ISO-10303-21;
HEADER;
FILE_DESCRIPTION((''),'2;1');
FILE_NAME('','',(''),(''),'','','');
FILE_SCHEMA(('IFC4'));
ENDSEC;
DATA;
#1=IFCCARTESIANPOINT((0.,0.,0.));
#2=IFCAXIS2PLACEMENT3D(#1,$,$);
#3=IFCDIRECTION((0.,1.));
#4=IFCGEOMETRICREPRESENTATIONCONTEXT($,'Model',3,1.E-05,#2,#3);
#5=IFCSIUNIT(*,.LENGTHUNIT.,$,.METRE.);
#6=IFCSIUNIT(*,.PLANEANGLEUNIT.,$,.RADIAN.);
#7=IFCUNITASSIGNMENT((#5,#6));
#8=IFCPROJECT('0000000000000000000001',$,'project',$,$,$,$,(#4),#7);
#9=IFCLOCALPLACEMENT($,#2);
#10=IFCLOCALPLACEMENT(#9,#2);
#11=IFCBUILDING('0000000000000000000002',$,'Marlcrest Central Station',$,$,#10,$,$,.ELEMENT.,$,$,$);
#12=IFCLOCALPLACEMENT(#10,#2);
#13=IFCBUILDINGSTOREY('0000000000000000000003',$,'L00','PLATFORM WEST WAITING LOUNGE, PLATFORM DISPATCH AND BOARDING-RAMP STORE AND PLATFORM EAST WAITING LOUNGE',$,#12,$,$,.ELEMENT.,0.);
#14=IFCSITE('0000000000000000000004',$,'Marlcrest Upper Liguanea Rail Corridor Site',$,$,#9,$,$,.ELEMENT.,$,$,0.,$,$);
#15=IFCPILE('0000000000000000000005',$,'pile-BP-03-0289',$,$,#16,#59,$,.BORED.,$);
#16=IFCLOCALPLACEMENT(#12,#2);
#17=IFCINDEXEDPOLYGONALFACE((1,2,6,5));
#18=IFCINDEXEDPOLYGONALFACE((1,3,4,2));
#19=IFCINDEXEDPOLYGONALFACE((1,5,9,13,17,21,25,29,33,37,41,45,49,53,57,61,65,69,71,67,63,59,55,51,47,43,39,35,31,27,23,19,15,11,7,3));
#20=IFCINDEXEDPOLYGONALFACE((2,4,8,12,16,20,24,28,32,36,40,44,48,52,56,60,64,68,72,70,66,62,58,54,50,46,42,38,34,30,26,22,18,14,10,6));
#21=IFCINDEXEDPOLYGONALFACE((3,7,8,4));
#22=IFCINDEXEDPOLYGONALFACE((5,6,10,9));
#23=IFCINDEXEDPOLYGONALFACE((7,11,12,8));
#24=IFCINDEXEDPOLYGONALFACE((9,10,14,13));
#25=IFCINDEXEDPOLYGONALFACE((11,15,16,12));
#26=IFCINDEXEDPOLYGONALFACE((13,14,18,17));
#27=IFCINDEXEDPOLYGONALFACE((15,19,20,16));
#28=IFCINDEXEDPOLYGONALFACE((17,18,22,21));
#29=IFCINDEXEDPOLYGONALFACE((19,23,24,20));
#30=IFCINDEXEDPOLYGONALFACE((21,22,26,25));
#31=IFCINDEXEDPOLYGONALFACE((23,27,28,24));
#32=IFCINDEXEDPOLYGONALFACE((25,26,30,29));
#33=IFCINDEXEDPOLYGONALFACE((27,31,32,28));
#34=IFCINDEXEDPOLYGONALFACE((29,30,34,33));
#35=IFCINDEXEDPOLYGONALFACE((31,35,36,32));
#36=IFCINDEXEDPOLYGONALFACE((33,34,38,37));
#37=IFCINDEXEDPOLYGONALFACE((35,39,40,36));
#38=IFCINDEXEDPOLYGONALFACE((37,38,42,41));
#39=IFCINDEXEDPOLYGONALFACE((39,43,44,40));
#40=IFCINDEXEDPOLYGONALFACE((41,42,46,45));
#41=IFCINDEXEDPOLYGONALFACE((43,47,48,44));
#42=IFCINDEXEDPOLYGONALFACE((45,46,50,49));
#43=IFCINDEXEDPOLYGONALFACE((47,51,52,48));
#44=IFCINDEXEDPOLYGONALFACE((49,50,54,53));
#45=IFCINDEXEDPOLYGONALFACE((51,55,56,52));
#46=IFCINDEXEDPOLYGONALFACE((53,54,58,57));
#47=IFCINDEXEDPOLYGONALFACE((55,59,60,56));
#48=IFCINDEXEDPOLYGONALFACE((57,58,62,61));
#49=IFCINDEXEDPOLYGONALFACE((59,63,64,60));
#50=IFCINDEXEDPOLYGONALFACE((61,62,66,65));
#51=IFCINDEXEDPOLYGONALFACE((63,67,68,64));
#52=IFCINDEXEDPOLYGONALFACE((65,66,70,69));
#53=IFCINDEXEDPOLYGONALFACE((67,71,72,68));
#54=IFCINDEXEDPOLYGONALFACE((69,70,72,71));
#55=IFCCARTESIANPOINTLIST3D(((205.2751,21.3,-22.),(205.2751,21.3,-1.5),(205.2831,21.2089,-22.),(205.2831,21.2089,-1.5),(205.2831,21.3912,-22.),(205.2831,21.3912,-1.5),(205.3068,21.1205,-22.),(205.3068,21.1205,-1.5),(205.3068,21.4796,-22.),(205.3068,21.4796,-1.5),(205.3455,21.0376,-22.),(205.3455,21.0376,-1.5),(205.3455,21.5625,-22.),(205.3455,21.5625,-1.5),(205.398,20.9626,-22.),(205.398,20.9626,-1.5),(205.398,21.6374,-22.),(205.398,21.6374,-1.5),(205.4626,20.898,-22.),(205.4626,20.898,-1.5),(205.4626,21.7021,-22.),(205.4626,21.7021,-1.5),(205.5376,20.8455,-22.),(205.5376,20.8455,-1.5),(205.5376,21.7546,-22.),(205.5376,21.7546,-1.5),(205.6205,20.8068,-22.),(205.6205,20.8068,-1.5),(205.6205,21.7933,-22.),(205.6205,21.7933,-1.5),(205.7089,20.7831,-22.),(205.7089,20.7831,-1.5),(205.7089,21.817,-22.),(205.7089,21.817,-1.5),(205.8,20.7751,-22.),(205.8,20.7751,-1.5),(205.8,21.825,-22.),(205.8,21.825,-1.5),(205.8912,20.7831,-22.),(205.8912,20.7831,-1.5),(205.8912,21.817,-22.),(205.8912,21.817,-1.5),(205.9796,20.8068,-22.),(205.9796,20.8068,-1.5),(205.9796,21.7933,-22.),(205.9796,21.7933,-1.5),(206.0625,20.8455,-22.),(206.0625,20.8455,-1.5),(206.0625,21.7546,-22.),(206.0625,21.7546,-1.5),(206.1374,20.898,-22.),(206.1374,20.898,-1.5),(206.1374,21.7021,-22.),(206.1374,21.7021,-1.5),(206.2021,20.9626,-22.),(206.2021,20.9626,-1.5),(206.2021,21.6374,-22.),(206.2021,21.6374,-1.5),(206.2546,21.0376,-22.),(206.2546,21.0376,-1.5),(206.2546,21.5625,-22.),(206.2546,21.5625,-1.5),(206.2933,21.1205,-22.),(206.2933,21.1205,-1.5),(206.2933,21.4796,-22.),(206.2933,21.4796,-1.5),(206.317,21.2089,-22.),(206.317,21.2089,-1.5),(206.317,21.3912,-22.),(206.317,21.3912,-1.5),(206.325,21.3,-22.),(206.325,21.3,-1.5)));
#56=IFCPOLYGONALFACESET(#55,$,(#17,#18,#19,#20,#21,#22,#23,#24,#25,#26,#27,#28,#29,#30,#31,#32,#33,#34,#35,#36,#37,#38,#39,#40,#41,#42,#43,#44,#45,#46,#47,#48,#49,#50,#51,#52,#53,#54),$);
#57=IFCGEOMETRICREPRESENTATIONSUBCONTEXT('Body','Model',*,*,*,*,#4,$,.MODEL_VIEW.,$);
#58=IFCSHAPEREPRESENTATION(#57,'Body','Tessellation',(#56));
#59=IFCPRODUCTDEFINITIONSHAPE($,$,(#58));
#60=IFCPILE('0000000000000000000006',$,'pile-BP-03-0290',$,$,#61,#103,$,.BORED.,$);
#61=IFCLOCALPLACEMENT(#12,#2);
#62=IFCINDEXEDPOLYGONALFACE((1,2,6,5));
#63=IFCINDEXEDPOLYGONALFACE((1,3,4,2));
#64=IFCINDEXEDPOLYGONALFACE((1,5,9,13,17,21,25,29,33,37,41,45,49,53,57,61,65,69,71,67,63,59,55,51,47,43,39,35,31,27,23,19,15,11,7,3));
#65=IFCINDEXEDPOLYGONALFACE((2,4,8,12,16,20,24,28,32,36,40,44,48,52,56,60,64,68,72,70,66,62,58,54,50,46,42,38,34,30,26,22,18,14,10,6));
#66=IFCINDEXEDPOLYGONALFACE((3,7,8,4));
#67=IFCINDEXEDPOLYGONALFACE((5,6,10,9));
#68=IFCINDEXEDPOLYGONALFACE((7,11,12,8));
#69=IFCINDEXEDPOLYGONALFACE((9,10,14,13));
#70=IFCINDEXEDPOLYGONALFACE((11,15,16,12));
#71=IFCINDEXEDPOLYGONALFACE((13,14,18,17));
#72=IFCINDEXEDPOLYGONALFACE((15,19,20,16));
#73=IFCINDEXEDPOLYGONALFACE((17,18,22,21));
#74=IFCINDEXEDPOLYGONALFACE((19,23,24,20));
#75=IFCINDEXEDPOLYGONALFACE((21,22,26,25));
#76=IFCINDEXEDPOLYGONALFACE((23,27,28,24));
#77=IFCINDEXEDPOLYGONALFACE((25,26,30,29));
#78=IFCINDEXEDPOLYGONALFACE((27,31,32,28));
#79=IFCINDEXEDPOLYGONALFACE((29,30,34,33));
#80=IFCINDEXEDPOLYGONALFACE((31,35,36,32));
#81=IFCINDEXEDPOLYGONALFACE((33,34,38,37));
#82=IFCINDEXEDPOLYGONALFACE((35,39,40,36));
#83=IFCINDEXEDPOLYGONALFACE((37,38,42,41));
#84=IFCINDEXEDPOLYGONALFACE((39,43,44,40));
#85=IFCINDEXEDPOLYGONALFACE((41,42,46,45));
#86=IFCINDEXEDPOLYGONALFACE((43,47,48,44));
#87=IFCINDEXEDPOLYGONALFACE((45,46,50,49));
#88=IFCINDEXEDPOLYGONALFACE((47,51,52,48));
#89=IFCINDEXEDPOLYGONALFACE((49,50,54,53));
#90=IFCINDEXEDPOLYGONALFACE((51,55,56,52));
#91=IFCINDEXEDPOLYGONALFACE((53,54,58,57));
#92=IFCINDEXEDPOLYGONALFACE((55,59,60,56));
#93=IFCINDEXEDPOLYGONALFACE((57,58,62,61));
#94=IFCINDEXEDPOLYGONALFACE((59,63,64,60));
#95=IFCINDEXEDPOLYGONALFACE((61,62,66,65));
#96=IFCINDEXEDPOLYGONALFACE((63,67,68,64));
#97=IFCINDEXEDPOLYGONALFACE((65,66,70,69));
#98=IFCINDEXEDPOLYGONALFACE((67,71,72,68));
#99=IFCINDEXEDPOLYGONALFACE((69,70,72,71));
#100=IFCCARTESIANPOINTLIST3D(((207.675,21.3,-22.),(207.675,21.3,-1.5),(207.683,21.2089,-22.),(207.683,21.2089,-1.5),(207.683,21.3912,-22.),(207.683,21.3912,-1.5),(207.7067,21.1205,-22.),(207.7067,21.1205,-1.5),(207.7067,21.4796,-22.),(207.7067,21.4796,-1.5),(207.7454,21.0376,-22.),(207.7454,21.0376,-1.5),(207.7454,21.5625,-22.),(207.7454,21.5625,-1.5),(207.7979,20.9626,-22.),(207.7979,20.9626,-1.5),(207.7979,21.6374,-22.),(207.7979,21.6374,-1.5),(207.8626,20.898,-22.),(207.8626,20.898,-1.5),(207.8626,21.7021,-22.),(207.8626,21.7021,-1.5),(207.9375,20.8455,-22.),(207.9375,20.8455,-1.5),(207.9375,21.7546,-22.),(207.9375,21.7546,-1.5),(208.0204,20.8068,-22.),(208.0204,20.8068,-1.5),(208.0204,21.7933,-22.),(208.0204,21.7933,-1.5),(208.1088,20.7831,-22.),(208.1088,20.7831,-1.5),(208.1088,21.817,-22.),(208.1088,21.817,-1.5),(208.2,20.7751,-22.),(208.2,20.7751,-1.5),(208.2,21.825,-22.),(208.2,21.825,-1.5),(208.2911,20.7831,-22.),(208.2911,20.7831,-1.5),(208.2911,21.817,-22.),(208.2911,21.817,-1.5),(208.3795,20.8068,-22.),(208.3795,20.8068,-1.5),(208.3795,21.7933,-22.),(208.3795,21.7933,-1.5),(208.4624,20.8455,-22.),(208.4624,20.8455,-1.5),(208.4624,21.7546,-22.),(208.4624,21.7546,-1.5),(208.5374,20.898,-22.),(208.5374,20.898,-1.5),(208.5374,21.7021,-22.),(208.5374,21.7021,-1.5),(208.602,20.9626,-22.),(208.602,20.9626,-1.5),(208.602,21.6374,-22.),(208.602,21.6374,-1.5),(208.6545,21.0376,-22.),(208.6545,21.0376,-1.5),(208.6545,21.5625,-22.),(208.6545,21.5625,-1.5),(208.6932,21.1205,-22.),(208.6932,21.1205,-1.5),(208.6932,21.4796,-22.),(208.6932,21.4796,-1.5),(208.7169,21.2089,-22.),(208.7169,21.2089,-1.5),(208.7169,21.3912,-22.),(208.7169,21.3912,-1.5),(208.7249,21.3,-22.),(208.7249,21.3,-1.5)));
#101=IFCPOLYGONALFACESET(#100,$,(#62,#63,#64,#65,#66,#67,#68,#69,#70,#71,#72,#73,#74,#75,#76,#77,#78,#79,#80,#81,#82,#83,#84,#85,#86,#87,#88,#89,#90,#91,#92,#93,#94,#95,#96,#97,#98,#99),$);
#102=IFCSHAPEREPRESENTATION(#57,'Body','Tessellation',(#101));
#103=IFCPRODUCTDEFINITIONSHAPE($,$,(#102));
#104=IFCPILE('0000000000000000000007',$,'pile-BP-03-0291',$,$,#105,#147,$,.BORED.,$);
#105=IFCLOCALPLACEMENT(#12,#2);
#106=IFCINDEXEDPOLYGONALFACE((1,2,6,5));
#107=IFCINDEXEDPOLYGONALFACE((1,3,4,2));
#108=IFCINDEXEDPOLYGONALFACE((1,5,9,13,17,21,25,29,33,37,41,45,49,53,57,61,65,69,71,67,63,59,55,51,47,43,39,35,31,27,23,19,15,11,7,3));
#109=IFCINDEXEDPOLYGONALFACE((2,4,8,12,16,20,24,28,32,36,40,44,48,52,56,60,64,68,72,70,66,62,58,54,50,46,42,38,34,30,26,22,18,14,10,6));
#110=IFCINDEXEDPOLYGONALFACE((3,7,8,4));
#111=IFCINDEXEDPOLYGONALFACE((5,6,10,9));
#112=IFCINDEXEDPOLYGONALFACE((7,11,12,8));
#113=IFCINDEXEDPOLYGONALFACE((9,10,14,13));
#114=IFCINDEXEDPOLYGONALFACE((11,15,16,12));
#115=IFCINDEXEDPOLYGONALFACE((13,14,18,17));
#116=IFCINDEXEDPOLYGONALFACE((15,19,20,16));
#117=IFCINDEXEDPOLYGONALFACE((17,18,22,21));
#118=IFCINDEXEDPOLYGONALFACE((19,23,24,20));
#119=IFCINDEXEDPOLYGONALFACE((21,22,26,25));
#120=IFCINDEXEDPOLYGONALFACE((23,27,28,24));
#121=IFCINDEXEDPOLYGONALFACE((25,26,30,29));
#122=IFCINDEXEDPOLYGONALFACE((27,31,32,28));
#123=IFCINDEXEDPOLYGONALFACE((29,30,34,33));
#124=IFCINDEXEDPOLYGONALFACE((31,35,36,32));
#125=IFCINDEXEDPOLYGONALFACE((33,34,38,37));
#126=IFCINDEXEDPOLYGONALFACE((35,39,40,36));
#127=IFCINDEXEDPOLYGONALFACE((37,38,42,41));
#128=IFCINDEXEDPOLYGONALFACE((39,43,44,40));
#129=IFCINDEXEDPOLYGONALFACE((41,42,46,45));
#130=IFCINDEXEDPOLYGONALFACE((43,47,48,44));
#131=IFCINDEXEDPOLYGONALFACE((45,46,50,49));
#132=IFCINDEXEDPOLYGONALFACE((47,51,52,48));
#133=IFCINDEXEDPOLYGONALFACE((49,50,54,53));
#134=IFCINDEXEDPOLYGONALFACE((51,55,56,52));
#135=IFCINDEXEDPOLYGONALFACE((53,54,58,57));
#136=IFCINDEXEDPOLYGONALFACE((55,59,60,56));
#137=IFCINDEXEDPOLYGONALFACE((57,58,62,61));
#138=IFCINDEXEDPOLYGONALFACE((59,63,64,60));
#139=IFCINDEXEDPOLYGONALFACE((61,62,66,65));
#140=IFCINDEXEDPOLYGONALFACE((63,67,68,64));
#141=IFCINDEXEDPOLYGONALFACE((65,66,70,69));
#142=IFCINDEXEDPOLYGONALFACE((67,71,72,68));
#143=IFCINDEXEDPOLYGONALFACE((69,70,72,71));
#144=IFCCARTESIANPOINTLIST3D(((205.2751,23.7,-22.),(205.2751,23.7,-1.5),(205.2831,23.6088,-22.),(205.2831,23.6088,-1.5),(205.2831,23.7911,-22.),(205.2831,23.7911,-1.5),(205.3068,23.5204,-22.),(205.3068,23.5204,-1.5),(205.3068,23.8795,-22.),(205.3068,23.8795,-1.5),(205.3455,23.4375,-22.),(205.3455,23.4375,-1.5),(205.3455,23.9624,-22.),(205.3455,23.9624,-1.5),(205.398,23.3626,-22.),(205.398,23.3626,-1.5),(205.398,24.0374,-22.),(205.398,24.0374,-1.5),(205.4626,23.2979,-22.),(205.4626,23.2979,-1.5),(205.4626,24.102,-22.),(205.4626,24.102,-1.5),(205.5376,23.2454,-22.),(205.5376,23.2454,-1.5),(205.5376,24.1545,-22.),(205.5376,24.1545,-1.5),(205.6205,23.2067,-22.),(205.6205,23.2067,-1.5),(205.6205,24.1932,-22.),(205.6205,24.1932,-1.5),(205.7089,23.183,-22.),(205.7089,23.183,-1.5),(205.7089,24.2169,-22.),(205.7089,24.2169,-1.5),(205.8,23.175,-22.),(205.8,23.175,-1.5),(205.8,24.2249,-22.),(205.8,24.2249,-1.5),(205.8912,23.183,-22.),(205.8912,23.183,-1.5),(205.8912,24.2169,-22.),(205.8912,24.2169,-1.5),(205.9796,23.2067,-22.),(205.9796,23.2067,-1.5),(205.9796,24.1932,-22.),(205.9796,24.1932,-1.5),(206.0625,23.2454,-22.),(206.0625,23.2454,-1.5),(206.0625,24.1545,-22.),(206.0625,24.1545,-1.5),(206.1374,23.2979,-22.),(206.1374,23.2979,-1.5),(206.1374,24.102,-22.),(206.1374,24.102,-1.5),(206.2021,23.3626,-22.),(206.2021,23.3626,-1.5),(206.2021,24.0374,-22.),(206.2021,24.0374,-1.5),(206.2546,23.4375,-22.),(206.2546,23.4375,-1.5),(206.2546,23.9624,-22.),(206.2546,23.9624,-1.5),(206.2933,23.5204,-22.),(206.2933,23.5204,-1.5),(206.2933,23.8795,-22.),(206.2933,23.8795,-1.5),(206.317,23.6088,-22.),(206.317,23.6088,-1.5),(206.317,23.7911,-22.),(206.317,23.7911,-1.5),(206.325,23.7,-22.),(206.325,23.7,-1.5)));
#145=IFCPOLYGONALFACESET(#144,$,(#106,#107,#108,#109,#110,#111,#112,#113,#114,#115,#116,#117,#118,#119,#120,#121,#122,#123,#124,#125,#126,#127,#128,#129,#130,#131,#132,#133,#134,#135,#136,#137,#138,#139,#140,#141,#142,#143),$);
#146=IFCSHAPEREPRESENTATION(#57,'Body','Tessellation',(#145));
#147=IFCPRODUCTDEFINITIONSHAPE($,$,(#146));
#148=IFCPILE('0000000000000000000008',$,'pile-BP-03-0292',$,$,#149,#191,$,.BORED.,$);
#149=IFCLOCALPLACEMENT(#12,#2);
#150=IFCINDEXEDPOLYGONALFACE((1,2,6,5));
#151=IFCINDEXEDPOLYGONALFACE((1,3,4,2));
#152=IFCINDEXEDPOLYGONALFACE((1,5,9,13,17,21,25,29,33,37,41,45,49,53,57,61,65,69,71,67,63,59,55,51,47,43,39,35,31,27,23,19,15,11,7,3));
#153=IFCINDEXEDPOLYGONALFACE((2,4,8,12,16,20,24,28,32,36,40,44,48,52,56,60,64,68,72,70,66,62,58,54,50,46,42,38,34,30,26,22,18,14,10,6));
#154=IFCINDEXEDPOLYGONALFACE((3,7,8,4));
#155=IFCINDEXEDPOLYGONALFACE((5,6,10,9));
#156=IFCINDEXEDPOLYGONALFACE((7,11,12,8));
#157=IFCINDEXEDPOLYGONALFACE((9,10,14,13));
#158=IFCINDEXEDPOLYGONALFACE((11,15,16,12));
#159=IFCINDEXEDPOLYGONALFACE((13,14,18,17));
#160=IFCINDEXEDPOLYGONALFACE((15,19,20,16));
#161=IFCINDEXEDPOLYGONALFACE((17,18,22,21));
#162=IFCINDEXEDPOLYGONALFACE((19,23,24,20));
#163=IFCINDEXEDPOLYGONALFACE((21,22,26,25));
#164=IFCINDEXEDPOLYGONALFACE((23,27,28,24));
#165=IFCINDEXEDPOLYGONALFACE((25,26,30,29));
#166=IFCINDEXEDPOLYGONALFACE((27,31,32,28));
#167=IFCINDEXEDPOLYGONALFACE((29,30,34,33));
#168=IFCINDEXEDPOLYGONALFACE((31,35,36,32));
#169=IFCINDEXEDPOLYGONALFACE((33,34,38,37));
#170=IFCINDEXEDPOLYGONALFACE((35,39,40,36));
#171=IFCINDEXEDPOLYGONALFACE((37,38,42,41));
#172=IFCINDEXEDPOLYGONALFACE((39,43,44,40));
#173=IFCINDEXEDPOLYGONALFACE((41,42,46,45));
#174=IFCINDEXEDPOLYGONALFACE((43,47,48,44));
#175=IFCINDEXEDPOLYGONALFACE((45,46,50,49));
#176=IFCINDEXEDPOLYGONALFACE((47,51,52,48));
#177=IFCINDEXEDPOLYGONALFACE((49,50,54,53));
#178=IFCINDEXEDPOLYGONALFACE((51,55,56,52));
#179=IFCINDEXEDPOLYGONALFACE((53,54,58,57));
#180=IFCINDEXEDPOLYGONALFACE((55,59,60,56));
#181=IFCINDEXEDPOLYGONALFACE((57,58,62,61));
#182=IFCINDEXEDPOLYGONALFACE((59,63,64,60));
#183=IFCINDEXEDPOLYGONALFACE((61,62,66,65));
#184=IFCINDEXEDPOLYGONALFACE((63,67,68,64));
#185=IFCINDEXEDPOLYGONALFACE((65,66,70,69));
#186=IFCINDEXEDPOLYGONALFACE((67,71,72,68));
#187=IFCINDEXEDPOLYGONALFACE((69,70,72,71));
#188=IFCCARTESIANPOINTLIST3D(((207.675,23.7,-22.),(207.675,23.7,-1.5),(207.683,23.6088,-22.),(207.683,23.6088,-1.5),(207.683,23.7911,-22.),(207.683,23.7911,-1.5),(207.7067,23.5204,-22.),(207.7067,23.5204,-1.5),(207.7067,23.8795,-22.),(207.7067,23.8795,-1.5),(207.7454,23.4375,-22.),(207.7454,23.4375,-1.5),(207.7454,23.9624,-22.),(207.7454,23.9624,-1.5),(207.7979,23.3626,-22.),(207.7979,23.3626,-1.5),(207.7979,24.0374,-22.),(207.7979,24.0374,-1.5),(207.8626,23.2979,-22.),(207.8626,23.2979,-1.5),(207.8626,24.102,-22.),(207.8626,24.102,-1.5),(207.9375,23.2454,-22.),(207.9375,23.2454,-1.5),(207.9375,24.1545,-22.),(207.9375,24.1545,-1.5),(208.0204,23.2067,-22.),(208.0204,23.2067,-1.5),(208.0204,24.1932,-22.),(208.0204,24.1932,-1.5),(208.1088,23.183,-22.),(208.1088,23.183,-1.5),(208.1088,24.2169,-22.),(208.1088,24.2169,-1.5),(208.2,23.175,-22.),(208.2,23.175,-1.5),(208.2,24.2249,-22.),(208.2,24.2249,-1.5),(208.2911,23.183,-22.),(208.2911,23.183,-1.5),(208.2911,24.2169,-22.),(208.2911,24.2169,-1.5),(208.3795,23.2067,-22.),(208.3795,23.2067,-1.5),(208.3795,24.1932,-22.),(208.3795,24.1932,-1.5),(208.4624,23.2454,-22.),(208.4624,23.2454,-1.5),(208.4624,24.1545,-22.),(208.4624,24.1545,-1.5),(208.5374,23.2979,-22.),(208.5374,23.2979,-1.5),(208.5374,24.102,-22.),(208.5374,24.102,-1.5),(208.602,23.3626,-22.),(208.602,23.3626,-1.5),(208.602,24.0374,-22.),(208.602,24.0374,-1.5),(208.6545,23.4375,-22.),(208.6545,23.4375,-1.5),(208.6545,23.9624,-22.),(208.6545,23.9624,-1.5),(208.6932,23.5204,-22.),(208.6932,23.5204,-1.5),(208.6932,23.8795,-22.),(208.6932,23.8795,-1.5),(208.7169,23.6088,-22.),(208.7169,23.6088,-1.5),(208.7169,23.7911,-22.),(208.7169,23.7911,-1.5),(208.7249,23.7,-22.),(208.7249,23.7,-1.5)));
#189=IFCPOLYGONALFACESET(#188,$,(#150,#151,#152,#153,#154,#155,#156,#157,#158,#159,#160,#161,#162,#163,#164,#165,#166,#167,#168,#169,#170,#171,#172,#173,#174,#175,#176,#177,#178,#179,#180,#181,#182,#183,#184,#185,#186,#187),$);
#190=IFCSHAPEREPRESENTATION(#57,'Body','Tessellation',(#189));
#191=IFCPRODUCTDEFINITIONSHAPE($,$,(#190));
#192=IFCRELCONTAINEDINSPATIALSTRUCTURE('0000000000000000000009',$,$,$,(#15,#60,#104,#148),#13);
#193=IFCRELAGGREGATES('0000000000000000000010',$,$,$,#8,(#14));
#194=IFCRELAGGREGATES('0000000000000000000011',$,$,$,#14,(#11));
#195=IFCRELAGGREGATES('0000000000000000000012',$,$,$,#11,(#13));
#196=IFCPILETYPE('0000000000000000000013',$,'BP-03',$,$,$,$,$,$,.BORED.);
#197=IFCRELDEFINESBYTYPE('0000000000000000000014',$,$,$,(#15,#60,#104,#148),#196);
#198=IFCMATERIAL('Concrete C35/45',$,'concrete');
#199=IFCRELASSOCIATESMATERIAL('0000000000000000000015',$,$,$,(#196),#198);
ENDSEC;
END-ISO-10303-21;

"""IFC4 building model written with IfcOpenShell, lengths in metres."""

from ifc_helpers import new_model, si_unit, direction, frame, origin, origin_2d, place, context, subcontext, project, spatial, circle, extrude, material, material_profile, profile_set, type_object, element, save


model = new_model("IFC4")

# Units and contexts
model_context = context("Model", 3, precision=1e-05, world=origin(), true_north=direction((0.0, 1.0)))
body_context = subcontext(model_context, "Body", "Model", "MODEL_VIEW")
ifc_project = project(units=[si_unit("LENGTHUNIT", "METRE"), si_unit("PLANEANGLEUNIT", "RADIAN")], contexts=[model_context])

# Site, building, storey
site_placement = place(None, origin())
site = spatial("IfcSite", under=ifc_project, at=site_placement, Name="Marlcrest Upper Liguanea Rail Corridor Site", CompositionType="ELEMENT", RefElevation=0.0)
building_placement = place(site_placement, origin())
building = spatial("IfcBuilding", under=site, at=building_placement, Name="Marlcrest Central Station", CompositionType="ELEMENT")
storey_placement = place(building_placement, origin())
storey = spatial("IfcBuildingStorey", under=building, at=storey_placement, Name="L00", Description="PLATFORM WEST WAITING LOUNGE, PLATFORM DISPATCH AND BOARDING-RAMP STORE AND PLATFORM EAST WAITING LOUNGE", CompositionType="ELEMENT", Elevation=0.0)

# Piles
ifc_material_1 = material(Name="Concrete C35/45", Category="concrete")
ifc_material_profile_1 = material_profile(ifc_material_1, circle(Radius=0.5249, at=origin_2d()), Name="PILE D1050")
ifc_profile_set_1 = profile_set([ifc_material_profile_1], Name="Concrete C35/45")
pile_type = type_object("IfcPileType", Name="BP-03", PredefinedType="BORED", material=ifc_profile_set_1)
for number, where, z_axis, x_axis, name in (
    (1, (205.8, 21.3, -1.5), (0.0, 0.0, -1.0), (1.0, 0.0, 0.0), "pile-BP-03-0289"),
    (2, (208.2, 21.3, -1.5), (0.0, 0.0, -1.0), (1.0, 0.0, 0.0), "pile-BP-03-0290"),
    (3, (205.8, 23.7, -1.5), (0.0, 0.0, -1.0), (1.0, 0.0, 0.0), "pile-BP-03-0291"),
    (4, (208.2, 23.7, -1.5), (0.0, 0.0, -1.0), (1.0, 0.0, 0.0), "pile-BP-03-0292"),
):
    element("IfcPile", number, at=place(storey_placement, frame(where, z_axis=z_axis, x_axis=x_axis)), inside=storey, type_object=pile_type, Name=name, PredefinedType="BORED", context=body_context, shape_type="SweptSolid", body=[
        extrude(circle(Radius=0.5249, at=origin_2d()), origin(), (0.0, 0.0, 1.0), 20.5),
    ])

save(model, "model.ifc")
